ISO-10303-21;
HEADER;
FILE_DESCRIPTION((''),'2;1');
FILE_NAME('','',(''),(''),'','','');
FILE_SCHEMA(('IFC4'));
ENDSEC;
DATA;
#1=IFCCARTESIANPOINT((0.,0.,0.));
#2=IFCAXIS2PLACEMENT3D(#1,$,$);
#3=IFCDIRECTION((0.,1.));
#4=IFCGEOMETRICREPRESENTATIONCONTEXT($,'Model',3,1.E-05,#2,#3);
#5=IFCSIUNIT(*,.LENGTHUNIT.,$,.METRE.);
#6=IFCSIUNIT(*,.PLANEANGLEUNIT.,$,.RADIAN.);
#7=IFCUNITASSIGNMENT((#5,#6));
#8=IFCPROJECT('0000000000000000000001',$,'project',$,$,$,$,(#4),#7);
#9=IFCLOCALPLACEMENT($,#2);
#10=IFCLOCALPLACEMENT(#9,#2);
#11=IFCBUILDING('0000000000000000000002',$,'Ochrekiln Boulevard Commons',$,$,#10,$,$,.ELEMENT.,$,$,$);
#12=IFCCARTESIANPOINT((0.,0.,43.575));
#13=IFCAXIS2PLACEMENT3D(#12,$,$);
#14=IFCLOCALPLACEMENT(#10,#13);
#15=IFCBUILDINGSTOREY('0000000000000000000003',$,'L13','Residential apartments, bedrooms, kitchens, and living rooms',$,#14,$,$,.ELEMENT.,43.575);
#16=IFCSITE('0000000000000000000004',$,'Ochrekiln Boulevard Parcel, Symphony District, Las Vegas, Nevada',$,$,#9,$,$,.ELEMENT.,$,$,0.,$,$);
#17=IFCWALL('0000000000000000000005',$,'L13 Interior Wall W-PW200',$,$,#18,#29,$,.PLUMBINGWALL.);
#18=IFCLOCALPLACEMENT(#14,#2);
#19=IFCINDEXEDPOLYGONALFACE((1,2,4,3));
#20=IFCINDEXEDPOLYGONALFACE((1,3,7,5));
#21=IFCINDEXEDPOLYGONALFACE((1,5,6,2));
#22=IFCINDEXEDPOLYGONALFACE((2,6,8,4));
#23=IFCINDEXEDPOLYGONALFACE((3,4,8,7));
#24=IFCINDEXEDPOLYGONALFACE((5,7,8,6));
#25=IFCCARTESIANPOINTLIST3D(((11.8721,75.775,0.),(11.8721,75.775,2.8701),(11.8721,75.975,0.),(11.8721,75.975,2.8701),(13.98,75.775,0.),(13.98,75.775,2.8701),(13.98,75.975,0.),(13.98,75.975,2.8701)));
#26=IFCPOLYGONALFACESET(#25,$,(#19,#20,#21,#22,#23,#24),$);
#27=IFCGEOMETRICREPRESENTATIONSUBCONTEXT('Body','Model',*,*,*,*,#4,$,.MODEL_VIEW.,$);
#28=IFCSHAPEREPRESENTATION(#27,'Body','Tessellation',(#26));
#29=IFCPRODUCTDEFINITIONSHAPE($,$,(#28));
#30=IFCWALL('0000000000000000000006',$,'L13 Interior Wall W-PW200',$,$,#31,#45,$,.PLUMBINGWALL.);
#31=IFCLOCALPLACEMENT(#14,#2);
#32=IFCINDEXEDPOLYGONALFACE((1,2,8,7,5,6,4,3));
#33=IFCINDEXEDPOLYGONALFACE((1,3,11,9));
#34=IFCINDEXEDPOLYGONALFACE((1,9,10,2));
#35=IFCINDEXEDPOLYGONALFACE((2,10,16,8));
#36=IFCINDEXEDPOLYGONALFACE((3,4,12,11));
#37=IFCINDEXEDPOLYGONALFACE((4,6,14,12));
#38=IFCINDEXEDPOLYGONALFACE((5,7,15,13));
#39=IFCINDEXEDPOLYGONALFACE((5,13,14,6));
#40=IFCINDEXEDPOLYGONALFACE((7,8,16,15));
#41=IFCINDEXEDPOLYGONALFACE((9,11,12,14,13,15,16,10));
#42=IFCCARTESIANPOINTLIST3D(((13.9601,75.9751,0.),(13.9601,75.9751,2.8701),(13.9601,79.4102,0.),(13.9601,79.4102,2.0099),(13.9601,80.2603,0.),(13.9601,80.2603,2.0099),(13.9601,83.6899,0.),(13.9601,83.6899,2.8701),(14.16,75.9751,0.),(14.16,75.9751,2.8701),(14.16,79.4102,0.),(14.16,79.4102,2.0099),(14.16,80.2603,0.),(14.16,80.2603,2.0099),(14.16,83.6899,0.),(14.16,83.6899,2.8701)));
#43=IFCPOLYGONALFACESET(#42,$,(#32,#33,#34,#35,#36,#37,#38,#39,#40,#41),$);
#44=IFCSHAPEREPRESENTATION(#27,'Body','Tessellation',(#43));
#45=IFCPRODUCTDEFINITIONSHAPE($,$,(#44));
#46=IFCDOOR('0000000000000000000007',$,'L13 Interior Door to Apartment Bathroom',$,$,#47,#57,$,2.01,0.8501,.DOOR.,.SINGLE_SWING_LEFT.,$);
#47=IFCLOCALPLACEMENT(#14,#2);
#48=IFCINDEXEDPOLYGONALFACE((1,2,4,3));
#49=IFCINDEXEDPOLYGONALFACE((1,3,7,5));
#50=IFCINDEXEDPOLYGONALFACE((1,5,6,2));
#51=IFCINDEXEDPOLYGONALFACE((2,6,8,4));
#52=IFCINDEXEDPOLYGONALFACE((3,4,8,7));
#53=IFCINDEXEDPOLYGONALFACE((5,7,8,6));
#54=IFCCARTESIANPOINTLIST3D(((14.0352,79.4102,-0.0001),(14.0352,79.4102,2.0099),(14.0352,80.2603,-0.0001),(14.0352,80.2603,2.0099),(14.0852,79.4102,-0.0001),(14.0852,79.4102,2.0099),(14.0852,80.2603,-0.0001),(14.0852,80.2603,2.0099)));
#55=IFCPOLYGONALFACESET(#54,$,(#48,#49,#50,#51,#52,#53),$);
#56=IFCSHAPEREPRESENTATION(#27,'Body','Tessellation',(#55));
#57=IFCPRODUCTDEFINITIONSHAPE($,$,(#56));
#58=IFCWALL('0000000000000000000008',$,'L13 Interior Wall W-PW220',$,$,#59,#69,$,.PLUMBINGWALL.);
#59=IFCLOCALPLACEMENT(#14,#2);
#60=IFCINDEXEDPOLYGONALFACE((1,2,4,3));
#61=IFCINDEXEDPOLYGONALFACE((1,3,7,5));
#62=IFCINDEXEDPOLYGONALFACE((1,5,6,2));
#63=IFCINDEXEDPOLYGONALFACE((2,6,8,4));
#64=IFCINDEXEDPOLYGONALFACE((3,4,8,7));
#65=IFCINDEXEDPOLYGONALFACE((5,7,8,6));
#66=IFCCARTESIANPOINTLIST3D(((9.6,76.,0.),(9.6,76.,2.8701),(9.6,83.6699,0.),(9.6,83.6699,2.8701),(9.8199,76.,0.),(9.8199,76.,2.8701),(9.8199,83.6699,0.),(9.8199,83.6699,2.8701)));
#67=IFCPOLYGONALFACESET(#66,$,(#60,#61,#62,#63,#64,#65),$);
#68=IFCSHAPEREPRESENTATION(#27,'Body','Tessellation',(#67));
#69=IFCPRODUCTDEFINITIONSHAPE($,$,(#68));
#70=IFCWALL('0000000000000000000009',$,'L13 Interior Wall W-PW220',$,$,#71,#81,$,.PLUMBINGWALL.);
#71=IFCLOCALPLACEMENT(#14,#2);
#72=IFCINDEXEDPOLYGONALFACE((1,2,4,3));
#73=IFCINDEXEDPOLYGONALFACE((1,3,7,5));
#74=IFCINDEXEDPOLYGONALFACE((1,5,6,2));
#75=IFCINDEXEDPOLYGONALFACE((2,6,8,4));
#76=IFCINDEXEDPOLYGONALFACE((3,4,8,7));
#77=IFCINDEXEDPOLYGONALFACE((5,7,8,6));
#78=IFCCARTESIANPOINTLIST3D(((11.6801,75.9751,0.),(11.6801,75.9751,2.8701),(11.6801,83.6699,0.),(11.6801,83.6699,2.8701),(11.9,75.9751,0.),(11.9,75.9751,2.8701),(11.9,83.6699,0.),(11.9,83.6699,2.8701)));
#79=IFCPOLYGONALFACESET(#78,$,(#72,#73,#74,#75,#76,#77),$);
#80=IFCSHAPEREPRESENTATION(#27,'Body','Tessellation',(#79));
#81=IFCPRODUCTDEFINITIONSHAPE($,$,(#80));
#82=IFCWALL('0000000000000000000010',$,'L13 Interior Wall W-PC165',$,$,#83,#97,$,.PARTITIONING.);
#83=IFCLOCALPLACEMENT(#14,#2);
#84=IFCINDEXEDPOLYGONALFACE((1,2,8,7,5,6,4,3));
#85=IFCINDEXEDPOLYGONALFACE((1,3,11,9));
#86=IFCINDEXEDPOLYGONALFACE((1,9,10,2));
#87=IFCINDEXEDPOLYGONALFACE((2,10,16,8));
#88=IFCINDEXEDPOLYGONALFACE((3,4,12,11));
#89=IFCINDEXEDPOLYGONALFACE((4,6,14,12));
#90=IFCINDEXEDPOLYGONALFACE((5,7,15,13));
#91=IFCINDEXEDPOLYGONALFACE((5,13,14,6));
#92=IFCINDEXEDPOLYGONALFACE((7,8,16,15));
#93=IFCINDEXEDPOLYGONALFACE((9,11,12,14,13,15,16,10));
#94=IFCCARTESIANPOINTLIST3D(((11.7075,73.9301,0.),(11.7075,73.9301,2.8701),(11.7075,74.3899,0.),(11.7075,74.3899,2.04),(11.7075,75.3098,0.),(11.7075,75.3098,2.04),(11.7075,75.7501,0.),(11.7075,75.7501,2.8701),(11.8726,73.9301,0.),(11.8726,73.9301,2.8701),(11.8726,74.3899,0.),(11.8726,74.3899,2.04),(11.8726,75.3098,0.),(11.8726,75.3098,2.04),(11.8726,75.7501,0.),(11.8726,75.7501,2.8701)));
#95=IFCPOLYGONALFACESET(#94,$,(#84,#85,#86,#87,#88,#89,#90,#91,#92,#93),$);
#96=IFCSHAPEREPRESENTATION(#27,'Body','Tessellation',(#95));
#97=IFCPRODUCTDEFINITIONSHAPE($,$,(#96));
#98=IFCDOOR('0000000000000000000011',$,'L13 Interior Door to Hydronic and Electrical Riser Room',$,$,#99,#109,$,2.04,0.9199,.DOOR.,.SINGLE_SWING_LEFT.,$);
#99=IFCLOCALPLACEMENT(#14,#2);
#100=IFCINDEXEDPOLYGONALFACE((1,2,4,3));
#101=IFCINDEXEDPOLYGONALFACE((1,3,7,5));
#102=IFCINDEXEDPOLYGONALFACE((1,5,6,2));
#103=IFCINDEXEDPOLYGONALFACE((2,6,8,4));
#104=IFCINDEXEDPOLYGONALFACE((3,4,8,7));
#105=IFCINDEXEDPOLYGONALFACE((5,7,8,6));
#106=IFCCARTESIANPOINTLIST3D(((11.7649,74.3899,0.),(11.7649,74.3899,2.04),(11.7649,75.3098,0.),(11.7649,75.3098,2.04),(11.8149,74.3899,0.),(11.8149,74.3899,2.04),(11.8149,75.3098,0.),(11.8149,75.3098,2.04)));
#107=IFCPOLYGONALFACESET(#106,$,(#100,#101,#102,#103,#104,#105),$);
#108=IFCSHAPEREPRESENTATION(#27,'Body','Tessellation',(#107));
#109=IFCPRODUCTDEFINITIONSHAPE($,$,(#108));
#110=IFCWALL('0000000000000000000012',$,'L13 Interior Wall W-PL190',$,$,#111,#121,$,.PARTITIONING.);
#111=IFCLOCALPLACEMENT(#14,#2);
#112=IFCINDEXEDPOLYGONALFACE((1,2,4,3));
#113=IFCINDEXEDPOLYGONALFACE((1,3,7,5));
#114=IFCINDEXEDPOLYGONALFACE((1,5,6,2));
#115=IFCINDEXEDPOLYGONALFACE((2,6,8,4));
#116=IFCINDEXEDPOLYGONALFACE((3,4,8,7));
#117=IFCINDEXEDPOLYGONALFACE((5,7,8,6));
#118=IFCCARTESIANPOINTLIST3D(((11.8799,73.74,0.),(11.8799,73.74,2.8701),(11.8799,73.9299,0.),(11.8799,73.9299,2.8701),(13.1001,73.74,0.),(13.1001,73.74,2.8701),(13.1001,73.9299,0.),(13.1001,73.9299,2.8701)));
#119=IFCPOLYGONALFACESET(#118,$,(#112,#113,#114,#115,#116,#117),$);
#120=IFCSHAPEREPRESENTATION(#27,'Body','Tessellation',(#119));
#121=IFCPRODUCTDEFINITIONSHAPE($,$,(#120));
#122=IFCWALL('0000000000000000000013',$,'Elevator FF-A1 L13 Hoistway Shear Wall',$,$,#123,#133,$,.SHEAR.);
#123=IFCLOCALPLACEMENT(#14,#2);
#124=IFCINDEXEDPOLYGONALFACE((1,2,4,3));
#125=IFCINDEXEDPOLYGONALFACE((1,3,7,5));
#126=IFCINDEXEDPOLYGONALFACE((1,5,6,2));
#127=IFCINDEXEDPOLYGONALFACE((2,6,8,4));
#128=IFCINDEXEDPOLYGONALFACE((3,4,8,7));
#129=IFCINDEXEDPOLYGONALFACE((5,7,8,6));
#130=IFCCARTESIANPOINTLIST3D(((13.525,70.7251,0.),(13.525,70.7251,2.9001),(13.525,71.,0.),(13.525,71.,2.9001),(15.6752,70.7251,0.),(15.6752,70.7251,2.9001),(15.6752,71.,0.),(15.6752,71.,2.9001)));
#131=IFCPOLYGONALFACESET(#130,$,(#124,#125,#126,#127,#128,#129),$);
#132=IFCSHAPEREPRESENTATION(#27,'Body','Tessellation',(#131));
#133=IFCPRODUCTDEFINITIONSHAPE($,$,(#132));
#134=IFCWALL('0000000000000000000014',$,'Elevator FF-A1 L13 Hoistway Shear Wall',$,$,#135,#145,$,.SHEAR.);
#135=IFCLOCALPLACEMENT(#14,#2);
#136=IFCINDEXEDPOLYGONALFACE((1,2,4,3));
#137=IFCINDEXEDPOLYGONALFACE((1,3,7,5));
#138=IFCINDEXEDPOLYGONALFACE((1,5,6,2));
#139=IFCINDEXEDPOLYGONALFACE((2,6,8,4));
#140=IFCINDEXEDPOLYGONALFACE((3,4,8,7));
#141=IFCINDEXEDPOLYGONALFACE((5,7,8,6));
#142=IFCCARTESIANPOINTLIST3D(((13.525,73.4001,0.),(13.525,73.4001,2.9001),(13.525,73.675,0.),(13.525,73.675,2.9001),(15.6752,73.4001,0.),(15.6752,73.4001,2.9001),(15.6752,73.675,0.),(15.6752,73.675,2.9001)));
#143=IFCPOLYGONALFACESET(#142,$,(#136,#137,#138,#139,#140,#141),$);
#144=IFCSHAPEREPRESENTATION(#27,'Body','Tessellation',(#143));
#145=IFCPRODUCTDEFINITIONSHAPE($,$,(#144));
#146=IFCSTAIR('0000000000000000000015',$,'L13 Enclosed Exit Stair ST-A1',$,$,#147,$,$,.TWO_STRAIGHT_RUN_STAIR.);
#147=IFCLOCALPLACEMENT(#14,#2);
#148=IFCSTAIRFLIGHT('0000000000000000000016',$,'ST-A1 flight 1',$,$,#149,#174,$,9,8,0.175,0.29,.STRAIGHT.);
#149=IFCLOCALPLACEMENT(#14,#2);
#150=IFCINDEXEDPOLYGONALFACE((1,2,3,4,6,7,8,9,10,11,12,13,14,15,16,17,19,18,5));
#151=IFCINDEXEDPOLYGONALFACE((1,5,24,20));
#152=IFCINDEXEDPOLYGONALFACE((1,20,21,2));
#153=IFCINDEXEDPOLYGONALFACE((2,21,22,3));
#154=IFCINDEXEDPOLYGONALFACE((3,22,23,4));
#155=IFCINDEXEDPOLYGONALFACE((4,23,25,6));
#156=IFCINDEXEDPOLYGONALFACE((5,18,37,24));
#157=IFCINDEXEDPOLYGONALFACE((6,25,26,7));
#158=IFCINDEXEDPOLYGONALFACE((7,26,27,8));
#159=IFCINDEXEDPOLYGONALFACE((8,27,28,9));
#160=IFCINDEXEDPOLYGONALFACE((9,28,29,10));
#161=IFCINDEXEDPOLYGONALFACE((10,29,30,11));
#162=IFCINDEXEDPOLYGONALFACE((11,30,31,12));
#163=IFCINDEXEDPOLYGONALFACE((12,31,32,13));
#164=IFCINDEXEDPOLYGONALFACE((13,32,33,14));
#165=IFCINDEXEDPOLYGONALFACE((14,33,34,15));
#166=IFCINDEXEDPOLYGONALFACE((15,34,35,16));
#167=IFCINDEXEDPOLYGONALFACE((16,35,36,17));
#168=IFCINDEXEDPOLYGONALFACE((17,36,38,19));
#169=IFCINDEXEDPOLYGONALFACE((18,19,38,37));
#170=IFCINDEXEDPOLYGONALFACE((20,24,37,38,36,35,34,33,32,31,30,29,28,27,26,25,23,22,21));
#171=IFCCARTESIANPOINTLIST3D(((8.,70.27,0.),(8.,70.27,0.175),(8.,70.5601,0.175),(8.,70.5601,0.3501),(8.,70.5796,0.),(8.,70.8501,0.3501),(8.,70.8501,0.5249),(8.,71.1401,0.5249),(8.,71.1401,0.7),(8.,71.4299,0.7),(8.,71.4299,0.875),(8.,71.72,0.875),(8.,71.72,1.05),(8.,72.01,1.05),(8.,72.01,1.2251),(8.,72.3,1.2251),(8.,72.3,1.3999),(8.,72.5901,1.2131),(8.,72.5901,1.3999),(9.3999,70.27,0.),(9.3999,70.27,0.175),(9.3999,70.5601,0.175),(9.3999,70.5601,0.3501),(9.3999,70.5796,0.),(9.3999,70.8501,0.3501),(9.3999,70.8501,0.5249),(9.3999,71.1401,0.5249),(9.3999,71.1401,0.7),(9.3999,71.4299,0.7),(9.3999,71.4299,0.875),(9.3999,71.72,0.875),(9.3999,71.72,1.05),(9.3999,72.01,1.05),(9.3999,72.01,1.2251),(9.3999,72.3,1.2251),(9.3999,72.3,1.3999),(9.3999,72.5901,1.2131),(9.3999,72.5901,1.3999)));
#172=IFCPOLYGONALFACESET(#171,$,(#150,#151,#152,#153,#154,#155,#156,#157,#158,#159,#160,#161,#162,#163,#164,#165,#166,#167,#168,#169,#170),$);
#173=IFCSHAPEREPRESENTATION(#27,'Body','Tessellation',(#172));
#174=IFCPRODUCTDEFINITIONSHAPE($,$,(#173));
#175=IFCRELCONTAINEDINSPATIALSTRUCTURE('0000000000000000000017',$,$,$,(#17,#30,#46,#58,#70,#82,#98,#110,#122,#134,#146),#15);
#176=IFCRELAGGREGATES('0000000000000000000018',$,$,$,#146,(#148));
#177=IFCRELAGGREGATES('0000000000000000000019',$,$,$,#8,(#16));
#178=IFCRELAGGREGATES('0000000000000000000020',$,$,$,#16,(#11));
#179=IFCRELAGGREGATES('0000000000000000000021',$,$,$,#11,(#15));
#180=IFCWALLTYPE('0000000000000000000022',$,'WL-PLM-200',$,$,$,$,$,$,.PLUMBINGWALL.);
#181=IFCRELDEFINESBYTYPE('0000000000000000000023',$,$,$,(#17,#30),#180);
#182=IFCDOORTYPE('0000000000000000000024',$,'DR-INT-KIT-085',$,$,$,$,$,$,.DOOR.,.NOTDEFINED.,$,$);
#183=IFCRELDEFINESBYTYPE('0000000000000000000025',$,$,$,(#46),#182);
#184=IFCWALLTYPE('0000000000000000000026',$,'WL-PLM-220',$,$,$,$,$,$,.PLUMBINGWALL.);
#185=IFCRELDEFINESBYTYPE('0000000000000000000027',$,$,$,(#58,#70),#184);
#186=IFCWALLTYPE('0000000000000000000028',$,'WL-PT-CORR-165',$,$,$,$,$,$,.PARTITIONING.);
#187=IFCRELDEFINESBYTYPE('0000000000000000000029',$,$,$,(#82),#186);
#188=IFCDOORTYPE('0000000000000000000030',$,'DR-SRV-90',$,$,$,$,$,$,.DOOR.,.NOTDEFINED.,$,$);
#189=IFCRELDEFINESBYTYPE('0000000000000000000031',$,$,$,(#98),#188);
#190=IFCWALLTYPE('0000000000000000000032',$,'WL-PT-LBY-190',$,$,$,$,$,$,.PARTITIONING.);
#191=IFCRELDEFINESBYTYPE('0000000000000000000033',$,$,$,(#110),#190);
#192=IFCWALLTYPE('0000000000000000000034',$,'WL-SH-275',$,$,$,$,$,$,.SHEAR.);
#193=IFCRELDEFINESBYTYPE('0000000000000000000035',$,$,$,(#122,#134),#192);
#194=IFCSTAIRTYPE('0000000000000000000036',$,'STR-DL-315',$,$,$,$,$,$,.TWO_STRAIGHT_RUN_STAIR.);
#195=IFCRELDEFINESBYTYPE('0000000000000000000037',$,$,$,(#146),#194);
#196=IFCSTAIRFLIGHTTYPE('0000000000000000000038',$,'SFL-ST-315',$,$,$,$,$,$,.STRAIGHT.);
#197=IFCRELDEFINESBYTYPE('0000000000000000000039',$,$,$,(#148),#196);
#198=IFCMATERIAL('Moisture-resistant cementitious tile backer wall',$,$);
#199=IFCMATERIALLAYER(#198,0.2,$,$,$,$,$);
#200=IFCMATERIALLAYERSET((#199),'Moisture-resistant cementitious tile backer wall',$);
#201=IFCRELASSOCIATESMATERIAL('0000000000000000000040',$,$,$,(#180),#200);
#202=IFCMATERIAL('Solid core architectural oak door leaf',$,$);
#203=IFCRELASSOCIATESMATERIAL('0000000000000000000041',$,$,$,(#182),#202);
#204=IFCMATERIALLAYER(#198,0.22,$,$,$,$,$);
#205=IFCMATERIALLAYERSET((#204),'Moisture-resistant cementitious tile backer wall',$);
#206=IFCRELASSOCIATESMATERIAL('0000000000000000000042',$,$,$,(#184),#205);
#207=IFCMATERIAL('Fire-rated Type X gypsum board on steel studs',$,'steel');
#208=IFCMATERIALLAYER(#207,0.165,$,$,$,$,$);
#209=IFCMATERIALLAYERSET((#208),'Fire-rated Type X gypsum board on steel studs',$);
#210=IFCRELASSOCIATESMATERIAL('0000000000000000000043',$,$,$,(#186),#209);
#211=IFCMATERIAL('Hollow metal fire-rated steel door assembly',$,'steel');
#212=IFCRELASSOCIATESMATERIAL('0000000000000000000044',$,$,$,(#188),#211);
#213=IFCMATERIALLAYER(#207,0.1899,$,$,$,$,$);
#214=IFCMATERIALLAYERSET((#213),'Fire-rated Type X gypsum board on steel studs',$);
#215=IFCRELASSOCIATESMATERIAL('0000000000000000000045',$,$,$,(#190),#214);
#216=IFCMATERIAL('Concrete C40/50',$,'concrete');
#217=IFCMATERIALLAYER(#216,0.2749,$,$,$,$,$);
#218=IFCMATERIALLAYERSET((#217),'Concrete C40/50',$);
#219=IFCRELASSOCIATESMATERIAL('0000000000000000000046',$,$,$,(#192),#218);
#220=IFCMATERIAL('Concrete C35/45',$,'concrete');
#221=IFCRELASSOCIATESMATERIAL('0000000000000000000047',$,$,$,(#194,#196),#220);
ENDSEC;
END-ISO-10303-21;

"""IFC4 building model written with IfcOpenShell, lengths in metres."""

from ifc_helpers import new_model, si_unit, direction, frame, frame_2d, origin, place, context, subcontext, project, spatial, polyline, rectangle, outline, extrude, material, layer, layer_set, type_object, element, fill, aggregate, save


model = new_model("IFC4")

# Units and contexts
model_context = context("Model", 3, precision=1e-05, world=origin(), true_north=direction((0.0, 1.0)))
body_context = subcontext(model_context, "Body", "Model", "MODEL_VIEW")
ifc_project = project(units=[si_unit("LENGTHUNIT", "METRE"), si_unit("PLANEANGLEUNIT", "RADIAN")], contexts=[model_context])

# Site, building, storey
site_placement = place(None, origin())
site = spatial("IfcSite", under=ifc_project, at=site_placement, Name="Ochrekiln Boulevard Parcel, Symphony District, Las Vegas, Nevada", CompositionType="ELEMENT", RefElevation=0.0)
building_placement = place(site_placement, origin())
building = spatial("IfcBuilding", under=site, at=building_placement, Name="Ochrekiln Boulevard Commons", CompositionType="ELEMENT")
storey_placement = place(building_placement, frame((0.0, 0.0, 43.575)))
storey = spatial("IfcBuildingStorey", under=building, at=storey_placement, Name="L13", Description="Residential apartments, bedrooms, kitchens, and living rooms", CompositionType="ELEMENT", Elevation=43.575)

# Wall
ifc_material_1 = material(Name="Moisture-resistant cementitious tile backer wall")
ifc_layer_1 = layer(ifc_material_1, 0.2)
ifc_layer_set_1 = layer_set([ifc_layer_1], Name="Moisture-resistant cementitious tile backer wall")
wall_type_1 = type_object("IfcWallType", Name="WL-PLM-200", PredefinedType="PLUMBINGWALL", material=ifc_layer_set_1)
wall_1_placement = place(storey_placement, frame((11.8721, 75.875, 0.0), z_axis=(0.0, 0.0, 1.0), x_axis=(1.0, 0.0, 0.0)))
element("IfcWall", 1, at=wall_1_placement, inside=storey, type_object=wall_type_1, Name="L13 Interior Wall W-PW200", PredefinedType="PLUMBINGWALL", context=body_context, shape_type="SweptSolid", body=[
    extrude(rectangle(XDim=2.1079, YDim=0.2, at=frame_2d((1.054, 0.0))), origin(), (0.0, 0.0, 1.0), 2.8701),
])

# Wall, opening, door
wall_2_placement = place(storey_placement, frame((14.0601, 75.9751, 0.0), z_axis=(0.0, 0.0, 1.0), x_axis=(0.0, 1.0, 0.0)))
wall_2 = element("IfcWall", 2, at=wall_2_placement, inside=storey, type_object=wall_type_1, Name="L13 Interior Wall W-PW200", PredefinedType="PLUMBINGWALL", context=body_context, shape_type="SweptSolid", body=[
    extrude(rectangle(XDim=7.7148, YDim=0.2, at=frame_2d((3.8574, 0.0))), origin(), (0.0, 0.0, 1.0), 2.8701),
])
opening_1_placement = place(wall_2_placement, frame((3.4351, 0.0, 0.0)))
opening_1 = element("IfcOpeningElement", 3, at=opening_1_placement, cuts=wall_2, PredefinedType="OPENING", context=body_context, shape_type="SweptSolid", body=[
    extrude(rectangle(XDim=0.8501, YDim=2.01, at=frame_2d((0.425, 1.0049))), frame((0.0, 0.1099, 0.0), z_axis=(0.0, -1.0, 0.0), x_axis=(1.0, 0.0, 0.0)), (0.0, 0.0, 1.0), 0.22),
])
ifc_material_2 = material(Name="Solid core architectural oak door leaf")
door_type_1 = type_object("IfcDoorType", Name="DR-INT-KIT-085", OperationType="NOTDEFINED", PredefinedType="DOOR", material=ifc_material_2)
door_1_placement = place(opening_1_placement, origin())
door_1 = element("IfcDoor", 4, at=door_1_placement, inside=storey, type_object=door_type_1, Name="L13 Interior Door to Apartment Bathroom", OperationType="SINGLE_SWING_LEFT", OverallHeight=2.01, OverallWidth=0.8501, PredefinedType="DOOR", context=body_context, shape_type="SweptSolid", body=[
    extrude(rectangle(XDim=0.8501, YDim=2.01, at=frame_2d((0.425, 1.0049))), frame((0.0, 0.0249, 0.0), z_axis=(0.0, -1.0, 0.0), x_axis=(1.0, 0.0, 0.0)), (0.0, 0.0, 1.0), 0.05),
])
fill(opening_1, door_1)

# Walls
ifc_layer_2 = layer(ifc_material_1, 0.22)
ifc_layer_set_2 = layer_set([ifc_layer_2], Name="Moisture-resistant cementitious tile backer wall")
wall_type_2 = type_object("IfcWallType", Name="WL-PLM-220", PredefinedType="PLUMBINGWALL", material=ifc_layer_set_2)
wall_3_placement = place(storey_placement, frame((9.71, 76.0, 0.0), z_axis=(0.0, 0.0, 1.0), x_axis=(0.0, 1.0, 0.0)))
element("IfcWall", 5, at=wall_3_placement, inside=storey, type_object=wall_type_2, Name="L13 Interior Wall W-PW220", PredefinedType="PLUMBINGWALL", context=body_context, shape_type="SweptSolid", body=[
    extrude(rectangle(XDim=7.6699, YDim=0.22, at=frame_2d((3.835, 0.0))), origin(), (0.0, 0.0, 1.0), 2.8701),
])
wall_4_placement = place(storey_placement, frame((11.79, 75.9751, 0.0), z_axis=(0.0, 0.0, 1.0), x_axis=(0.0, 1.0, 0.0)))
element("IfcWall", 6, at=wall_4_placement, inside=storey, type_object=wall_type_2, Name="L13 Interior Wall W-PW220", PredefinedType="PLUMBINGWALL", context=body_context, shape_type="SweptSolid", body=[
    extrude(rectangle(XDim=7.6948, YDim=0.22, at=frame_2d((3.8474, 0.0))), origin(), (0.0, 0.0, 1.0), 2.8701),
])

# Wall, opening, door
ifc_material_3 = material(Name="Fire-rated Type X gypsum board on steel studs", Category="steel")
ifc_layer_3 = layer(ifc_material_3, 0.165)
ifc_layer_set_3 = layer_set([ifc_layer_3], Name="Fire-rated Type X gypsum board on steel studs")
wall_type_3 = type_object("IfcWallType", Name="WL-PT-CORR-165", PredefinedType="PARTITIONING", material=ifc_layer_set_3)
wall_5_placement = place(storey_placement, frame((11.79, 73.9299, 0.0), z_axis=(0.0, 0.0, 1.0), x_axis=(0.0, 1.0, 0.0)))
wall_5 = element("IfcWall", 7, at=wall_5_placement, inside=storey, type_object=wall_type_3, Name="L13 Interior Wall W-PC165", PredefinedType="PARTITIONING", context=body_context, shape_type="SweptSolid", body=[
    extrude(rectangle(XDim=1.8201, YDim=0.165, at=frame_2d((0.9102, 0.0))), origin(), (0.0, 0.0, 1.0), 2.8701),
])
opening_2_placement = place(wall_5_placement, frame((0.46, 0.0, 0.0)))
opening_2 = element("IfcOpeningElement", 8, at=opening_2_placement, cuts=wall_5, PredefinedType="OPENING", context=body_context, shape_type="SweptSolid", body=[
    extrude(rectangle(XDim=0.9199, YDim=2.04, at=frame_2d((0.46, 1.02))), frame((0.0, 0.0925, 0.0), z_axis=(0.0, -1.0, 0.0), x_axis=(1.0, 0.0, 0.0)), (0.0, 0.0, 1.0), 0.1851),
])
ifc_material_4 = material(Name="Hollow metal fire-rated steel door assembly", Category="steel")
door_type_2 = type_object("IfcDoorType", Name="DR-SRV-90", OperationType="NOTDEFINED", PredefinedType="DOOR", material=ifc_material_4)
door_2_placement = place(opening_2_placement, frame((0.9199, 0.0, 0.0), z_axis=(0.0, 0.0, 1.0), x_axis=(-1.0, 0.0, 0.0)))
door_2 = element("IfcDoor", 9, at=door_2_placement, inside=storey, type_object=door_type_2, Name="L13 Interior Door to Hydronic and Electrical Riser Room", OperationType="SINGLE_SWING_LEFT", OverallHeight=2.04, OverallWidth=0.9199, PredefinedType="DOOR", context=body_context, shape_type="SweptSolid", body=[
    extrude(rectangle(XDim=0.9199, YDim=2.04, at=frame_2d((0.46, 1.02))), frame((0.0, 0.0249, 0.0), z_axis=(0.0, -1.0, 0.0), x_axis=(1.0, 0.0, 0.0)), (0.0, 0.0, 1.0), 0.05),
])
fill(opening_2, door_2)

# Wall
ifc_layer_4 = layer(ifc_material_3, 0.1899)
ifc_layer_set_4 = layer_set([ifc_layer_4], Name="Fire-rated Type X gypsum board on steel studs")
wall_type_4 = type_object("IfcWallType", Name="WL-PT-LBY-190", PredefinedType="PARTITIONING", material=ifc_layer_set_4)
wall_6_placement = place(storey_placement, frame((11.8799, 73.835, 0.0), z_axis=(0.0, 0.0, 1.0), x_axis=(1.0, 0.0, 0.0)))
element("IfcWall", 10, at=wall_6_placement, inside=storey, type_object=wall_type_4, Name="L13 Interior Wall W-PL190", PredefinedType="PARTITIONING", context=body_context, shape_type="SweptSolid", body=[
    extrude(rectangle(XDim=1.2202, YDim=0.1899, at=frame_2d((0.6101, 0.0))), origin(), (0.0, 0.0, 1.0), 2.8701),
])

# Walls
ifc_material_5 = material(Name="Concrete C40/50", Category="concrete")
ifc_layer_5 = layer(ifc_material_5, 0.2749)
ifc_layer_set_5 = layer_set([ifc_layer_5], Name="Concrete C40/50")
wall_type_5 = type_object("IfcWallType", Name="WL-SH-275", PredefinedType="SHEAR", material=ifc_layer_set_5)
for number, where, z_axis, x_axis, name in (
    (11, (13.5249, 70.8625, 0.0), (0.0, 0.0, 1.0), (1.0, 0.0, 0.0), "Elevator FF-A1 L13 Hoistway Shear Wall"),
    (12, (13.5249, 73.5376, 0.0), (0.0, 0.0, 1.0), (1.0, 0.0, 0.0), "Elevator FF-A1 L13 Hoistway Shear Wall"),
):
    element("IfcWall", number, at=place(storey_placement, frame(where, z_axis=z_axis, x_axis=x_axis)), inside=storey, type_object=wall_type_5, Name=name, PredefinedType="SHEAR", context=body_context, shape_type="SweptSolid", body=[
        extrude(rectangle(XDim=2.1501, YDim=0.2749, at=frame_2d((1.0752, 0.0))), origin(), (0.0, 0.0, 1.0), 2.9001),
    ])

# Stair, stair flight
ifc_material_6 = material(Name="Concrete C35/45", Category="concrete")
stair_type = type_object("IfcStairType", Name="STR-DL-315", PredefinedType="TWO_STRAIGHT_RUN_STAIR", material=ifc_material_6)
stair_placement = place(storey_placement, origin())
stair = element("IfcStair", 13, at=stair_placement, inside=storey, type_object=stair_type, Name="L13 Enclosed Exit Stair ST-A1", PredefinedType="TWO_STRAIGHT_RUN_STAIR")
stair_flight_type = type_object("IfcStairFlightType", Name="SFL-ST-315", PredefinedType="STRAIGHT", material=ifc_material_6)
stair_flight_placement = place(storey_placement, frame((8.7, 70.27, 0.0), z_axis=(0.0, 0.0, 1.0), x_axis=(0.0, 1.0, 0.0)))
stair_flight = element("IfcStairFlight", 14, at=stair_flight_placement, type_object=stair_flight_type, Name="ST-A1 flight 1", NumberOfRisers=9, NumberOfTreads=8, PredefinedType="STRAIGHT", RiserHeight=0.175, TreadLength=0.29, context=body_context, shape_type="SweptSolid", body=[
    extrude(outline(polyline([(0.0, 0.0), (0.0, 0.175), (0.29, 0.175), (0.29, 0.3501), (0.5801, 0.3501), (0.5801, 0.5249), (0.8701, 0.5249), (0.8701, 0.7), (1.1599, 0.7), (1.1599, 0.875), (1.45, 0.875), (1.45, 1.05), (1.74, 1.05), (1.74, 1.2251), (2.03, 1.2251), (2.03, 1.3999), (2.3201, 1.3999), (2.3201, 1.575), (2.3201, 1.2131), (0.3096, 0.0), (0.0, 0.0)])), frame((0.0, 0.7, 0.0), z_axis=(0.0, -1.0, 0.0), x_axis=(1.0, 0.0, 0.0)), (0.0, 0.0, 1.0), 1.3999),
])
aggregate(stair, [stair_flight])

save(model, "model.ifc")
